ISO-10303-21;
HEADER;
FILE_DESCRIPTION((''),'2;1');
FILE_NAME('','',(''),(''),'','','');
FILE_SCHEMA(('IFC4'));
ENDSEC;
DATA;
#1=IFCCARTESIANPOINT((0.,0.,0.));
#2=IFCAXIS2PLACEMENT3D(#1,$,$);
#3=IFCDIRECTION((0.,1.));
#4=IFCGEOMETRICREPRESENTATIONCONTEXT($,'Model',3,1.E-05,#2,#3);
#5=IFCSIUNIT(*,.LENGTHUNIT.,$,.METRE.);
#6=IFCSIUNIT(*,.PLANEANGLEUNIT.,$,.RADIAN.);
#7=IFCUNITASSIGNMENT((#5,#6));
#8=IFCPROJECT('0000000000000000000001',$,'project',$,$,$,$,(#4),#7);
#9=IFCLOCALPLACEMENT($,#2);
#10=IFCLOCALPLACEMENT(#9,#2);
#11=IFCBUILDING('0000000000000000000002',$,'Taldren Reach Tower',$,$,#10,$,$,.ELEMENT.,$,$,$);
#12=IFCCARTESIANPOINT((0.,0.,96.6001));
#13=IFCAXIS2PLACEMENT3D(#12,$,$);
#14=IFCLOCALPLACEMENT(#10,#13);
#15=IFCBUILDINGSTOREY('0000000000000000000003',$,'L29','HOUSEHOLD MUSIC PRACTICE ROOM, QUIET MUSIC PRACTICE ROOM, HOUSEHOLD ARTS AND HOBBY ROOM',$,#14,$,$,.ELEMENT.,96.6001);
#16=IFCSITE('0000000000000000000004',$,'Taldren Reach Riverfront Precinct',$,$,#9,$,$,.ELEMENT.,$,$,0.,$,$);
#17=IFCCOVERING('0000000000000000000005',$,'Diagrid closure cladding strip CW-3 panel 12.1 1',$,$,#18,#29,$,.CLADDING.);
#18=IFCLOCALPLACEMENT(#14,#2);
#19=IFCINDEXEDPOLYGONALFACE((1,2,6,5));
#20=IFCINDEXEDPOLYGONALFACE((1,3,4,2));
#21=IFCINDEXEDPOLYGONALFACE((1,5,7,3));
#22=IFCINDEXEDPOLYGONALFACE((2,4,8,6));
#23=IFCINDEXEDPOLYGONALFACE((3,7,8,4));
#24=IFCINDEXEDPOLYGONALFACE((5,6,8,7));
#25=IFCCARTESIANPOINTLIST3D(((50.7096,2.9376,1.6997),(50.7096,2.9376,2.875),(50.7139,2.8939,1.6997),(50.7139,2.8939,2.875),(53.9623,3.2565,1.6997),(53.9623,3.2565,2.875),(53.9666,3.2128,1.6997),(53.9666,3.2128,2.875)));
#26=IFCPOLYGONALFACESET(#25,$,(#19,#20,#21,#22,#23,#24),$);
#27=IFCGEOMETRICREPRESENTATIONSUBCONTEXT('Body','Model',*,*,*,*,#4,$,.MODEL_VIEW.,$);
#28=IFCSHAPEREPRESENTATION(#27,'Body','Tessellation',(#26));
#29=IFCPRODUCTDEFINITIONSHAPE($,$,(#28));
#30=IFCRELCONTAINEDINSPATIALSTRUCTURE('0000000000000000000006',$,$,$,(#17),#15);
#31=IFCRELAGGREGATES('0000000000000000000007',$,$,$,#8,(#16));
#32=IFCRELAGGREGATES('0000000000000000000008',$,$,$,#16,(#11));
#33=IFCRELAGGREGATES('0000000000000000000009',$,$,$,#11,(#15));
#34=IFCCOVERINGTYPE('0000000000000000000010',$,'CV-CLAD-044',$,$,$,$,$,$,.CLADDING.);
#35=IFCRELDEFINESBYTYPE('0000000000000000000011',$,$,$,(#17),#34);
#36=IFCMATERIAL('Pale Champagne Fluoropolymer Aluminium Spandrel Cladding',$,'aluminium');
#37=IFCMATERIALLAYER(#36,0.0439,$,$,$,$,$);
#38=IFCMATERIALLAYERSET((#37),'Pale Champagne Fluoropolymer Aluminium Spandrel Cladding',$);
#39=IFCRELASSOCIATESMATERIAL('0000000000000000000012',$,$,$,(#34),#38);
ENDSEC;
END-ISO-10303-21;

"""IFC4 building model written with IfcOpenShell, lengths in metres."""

from ifc_helpers import new_model, si_unit, direction, frame, origin, origin_2d, place, context, subcontext, project, spatial, rectangle, extrude, source, transform, mapped, material, layer, layer_set, type_object, element, save


model = new_model("IFC4")

# Units and contexts
model_context = context("Model", 3, precision=1e-05, world=origin(), true_north=direction((0.0, 1.0)))
body_context = subcontext(model_context, "Body", "Model", "MODEL_VIEW")
ifc_project = project(units=[si_unit("LENGTHUNIT", "METRE"), si_unit("PLANEANGLEUNIT", "RADIAN")], contexts=[model_context])

# Site, building, storey
site_placement = place(None, origin())
site = spatial("IfcSite", under=ifc_project, at=site_placement, Name="Taldren Reach Riverfront Precinct", CompositionType="ELEMENT", RefElevation=0.0)
building_placement = place(site_placement, origin())
building = spatial("IfcBuilding", under=site, at=building_placement, Name="Taldren Reach Tower", CompositionType="ELEMENT")
storey_placement = place(building_placement, frame((0.0, 0.0, 96.6001)))
storey = spatial("IfcBuildingStorey", under=building, at=storey_placement, Name="L29", Description="HOUSEHOLD MUSIC PRACTICE ROOM, QUIET MUSIC PRACTICE ROOM, HOUSEHOLD ARTS AND HOBBY ROOM", CompositionType="ELEMENT", Elevation=96.6001)

# Covering
ifc_material_1 = material(Name="Pale Champagne Fluoropolymer Aluminium Spandrel Cladding", Category="aluminium")
ifc_layer_1 = layer(ifc_material_1, 0.0439)
ifc_layer_set_1 = layer_set([ifc_layer_1], Name="Pale Champagne Fluoropolymer Aluminium Spandrel Cladding")
covering_type = type_object("IfcCoveringType", Name="CV-CLAD-044", PredefinedType="CLADDING", material=ifc_layer_set_1)
shared_shape_1 = source(origin(), body_context, "Body", "SweptSolid", [
    extrude(rectangle(XDim=3.2683, YDim=0.0439, at=origin_2d()), origin(), (0.0, 0.0, 1.0), 1.1753),
])
covering_placement = place(storey_placement, frame((52.3381, 3.0752, 1.6997), z_axis=(0.0, 0.0, 1.0), x_axis=(0.995227, 0.097583, 0.0)))
element("IfcCovering", 1, at=covering_placement, inside=storey, type_object=covering_type, Name="Diagrid closure cladding strip CW-3 panel 12.1 1", PredefinedType="CLADDING", context=body_context, shape_type="MappedRepresentation", body=[
    mapped(shared_shape_1, transform((0.0, 0.0, 0.0), scale=1.0)),
])

save(model, "model.ifc")
